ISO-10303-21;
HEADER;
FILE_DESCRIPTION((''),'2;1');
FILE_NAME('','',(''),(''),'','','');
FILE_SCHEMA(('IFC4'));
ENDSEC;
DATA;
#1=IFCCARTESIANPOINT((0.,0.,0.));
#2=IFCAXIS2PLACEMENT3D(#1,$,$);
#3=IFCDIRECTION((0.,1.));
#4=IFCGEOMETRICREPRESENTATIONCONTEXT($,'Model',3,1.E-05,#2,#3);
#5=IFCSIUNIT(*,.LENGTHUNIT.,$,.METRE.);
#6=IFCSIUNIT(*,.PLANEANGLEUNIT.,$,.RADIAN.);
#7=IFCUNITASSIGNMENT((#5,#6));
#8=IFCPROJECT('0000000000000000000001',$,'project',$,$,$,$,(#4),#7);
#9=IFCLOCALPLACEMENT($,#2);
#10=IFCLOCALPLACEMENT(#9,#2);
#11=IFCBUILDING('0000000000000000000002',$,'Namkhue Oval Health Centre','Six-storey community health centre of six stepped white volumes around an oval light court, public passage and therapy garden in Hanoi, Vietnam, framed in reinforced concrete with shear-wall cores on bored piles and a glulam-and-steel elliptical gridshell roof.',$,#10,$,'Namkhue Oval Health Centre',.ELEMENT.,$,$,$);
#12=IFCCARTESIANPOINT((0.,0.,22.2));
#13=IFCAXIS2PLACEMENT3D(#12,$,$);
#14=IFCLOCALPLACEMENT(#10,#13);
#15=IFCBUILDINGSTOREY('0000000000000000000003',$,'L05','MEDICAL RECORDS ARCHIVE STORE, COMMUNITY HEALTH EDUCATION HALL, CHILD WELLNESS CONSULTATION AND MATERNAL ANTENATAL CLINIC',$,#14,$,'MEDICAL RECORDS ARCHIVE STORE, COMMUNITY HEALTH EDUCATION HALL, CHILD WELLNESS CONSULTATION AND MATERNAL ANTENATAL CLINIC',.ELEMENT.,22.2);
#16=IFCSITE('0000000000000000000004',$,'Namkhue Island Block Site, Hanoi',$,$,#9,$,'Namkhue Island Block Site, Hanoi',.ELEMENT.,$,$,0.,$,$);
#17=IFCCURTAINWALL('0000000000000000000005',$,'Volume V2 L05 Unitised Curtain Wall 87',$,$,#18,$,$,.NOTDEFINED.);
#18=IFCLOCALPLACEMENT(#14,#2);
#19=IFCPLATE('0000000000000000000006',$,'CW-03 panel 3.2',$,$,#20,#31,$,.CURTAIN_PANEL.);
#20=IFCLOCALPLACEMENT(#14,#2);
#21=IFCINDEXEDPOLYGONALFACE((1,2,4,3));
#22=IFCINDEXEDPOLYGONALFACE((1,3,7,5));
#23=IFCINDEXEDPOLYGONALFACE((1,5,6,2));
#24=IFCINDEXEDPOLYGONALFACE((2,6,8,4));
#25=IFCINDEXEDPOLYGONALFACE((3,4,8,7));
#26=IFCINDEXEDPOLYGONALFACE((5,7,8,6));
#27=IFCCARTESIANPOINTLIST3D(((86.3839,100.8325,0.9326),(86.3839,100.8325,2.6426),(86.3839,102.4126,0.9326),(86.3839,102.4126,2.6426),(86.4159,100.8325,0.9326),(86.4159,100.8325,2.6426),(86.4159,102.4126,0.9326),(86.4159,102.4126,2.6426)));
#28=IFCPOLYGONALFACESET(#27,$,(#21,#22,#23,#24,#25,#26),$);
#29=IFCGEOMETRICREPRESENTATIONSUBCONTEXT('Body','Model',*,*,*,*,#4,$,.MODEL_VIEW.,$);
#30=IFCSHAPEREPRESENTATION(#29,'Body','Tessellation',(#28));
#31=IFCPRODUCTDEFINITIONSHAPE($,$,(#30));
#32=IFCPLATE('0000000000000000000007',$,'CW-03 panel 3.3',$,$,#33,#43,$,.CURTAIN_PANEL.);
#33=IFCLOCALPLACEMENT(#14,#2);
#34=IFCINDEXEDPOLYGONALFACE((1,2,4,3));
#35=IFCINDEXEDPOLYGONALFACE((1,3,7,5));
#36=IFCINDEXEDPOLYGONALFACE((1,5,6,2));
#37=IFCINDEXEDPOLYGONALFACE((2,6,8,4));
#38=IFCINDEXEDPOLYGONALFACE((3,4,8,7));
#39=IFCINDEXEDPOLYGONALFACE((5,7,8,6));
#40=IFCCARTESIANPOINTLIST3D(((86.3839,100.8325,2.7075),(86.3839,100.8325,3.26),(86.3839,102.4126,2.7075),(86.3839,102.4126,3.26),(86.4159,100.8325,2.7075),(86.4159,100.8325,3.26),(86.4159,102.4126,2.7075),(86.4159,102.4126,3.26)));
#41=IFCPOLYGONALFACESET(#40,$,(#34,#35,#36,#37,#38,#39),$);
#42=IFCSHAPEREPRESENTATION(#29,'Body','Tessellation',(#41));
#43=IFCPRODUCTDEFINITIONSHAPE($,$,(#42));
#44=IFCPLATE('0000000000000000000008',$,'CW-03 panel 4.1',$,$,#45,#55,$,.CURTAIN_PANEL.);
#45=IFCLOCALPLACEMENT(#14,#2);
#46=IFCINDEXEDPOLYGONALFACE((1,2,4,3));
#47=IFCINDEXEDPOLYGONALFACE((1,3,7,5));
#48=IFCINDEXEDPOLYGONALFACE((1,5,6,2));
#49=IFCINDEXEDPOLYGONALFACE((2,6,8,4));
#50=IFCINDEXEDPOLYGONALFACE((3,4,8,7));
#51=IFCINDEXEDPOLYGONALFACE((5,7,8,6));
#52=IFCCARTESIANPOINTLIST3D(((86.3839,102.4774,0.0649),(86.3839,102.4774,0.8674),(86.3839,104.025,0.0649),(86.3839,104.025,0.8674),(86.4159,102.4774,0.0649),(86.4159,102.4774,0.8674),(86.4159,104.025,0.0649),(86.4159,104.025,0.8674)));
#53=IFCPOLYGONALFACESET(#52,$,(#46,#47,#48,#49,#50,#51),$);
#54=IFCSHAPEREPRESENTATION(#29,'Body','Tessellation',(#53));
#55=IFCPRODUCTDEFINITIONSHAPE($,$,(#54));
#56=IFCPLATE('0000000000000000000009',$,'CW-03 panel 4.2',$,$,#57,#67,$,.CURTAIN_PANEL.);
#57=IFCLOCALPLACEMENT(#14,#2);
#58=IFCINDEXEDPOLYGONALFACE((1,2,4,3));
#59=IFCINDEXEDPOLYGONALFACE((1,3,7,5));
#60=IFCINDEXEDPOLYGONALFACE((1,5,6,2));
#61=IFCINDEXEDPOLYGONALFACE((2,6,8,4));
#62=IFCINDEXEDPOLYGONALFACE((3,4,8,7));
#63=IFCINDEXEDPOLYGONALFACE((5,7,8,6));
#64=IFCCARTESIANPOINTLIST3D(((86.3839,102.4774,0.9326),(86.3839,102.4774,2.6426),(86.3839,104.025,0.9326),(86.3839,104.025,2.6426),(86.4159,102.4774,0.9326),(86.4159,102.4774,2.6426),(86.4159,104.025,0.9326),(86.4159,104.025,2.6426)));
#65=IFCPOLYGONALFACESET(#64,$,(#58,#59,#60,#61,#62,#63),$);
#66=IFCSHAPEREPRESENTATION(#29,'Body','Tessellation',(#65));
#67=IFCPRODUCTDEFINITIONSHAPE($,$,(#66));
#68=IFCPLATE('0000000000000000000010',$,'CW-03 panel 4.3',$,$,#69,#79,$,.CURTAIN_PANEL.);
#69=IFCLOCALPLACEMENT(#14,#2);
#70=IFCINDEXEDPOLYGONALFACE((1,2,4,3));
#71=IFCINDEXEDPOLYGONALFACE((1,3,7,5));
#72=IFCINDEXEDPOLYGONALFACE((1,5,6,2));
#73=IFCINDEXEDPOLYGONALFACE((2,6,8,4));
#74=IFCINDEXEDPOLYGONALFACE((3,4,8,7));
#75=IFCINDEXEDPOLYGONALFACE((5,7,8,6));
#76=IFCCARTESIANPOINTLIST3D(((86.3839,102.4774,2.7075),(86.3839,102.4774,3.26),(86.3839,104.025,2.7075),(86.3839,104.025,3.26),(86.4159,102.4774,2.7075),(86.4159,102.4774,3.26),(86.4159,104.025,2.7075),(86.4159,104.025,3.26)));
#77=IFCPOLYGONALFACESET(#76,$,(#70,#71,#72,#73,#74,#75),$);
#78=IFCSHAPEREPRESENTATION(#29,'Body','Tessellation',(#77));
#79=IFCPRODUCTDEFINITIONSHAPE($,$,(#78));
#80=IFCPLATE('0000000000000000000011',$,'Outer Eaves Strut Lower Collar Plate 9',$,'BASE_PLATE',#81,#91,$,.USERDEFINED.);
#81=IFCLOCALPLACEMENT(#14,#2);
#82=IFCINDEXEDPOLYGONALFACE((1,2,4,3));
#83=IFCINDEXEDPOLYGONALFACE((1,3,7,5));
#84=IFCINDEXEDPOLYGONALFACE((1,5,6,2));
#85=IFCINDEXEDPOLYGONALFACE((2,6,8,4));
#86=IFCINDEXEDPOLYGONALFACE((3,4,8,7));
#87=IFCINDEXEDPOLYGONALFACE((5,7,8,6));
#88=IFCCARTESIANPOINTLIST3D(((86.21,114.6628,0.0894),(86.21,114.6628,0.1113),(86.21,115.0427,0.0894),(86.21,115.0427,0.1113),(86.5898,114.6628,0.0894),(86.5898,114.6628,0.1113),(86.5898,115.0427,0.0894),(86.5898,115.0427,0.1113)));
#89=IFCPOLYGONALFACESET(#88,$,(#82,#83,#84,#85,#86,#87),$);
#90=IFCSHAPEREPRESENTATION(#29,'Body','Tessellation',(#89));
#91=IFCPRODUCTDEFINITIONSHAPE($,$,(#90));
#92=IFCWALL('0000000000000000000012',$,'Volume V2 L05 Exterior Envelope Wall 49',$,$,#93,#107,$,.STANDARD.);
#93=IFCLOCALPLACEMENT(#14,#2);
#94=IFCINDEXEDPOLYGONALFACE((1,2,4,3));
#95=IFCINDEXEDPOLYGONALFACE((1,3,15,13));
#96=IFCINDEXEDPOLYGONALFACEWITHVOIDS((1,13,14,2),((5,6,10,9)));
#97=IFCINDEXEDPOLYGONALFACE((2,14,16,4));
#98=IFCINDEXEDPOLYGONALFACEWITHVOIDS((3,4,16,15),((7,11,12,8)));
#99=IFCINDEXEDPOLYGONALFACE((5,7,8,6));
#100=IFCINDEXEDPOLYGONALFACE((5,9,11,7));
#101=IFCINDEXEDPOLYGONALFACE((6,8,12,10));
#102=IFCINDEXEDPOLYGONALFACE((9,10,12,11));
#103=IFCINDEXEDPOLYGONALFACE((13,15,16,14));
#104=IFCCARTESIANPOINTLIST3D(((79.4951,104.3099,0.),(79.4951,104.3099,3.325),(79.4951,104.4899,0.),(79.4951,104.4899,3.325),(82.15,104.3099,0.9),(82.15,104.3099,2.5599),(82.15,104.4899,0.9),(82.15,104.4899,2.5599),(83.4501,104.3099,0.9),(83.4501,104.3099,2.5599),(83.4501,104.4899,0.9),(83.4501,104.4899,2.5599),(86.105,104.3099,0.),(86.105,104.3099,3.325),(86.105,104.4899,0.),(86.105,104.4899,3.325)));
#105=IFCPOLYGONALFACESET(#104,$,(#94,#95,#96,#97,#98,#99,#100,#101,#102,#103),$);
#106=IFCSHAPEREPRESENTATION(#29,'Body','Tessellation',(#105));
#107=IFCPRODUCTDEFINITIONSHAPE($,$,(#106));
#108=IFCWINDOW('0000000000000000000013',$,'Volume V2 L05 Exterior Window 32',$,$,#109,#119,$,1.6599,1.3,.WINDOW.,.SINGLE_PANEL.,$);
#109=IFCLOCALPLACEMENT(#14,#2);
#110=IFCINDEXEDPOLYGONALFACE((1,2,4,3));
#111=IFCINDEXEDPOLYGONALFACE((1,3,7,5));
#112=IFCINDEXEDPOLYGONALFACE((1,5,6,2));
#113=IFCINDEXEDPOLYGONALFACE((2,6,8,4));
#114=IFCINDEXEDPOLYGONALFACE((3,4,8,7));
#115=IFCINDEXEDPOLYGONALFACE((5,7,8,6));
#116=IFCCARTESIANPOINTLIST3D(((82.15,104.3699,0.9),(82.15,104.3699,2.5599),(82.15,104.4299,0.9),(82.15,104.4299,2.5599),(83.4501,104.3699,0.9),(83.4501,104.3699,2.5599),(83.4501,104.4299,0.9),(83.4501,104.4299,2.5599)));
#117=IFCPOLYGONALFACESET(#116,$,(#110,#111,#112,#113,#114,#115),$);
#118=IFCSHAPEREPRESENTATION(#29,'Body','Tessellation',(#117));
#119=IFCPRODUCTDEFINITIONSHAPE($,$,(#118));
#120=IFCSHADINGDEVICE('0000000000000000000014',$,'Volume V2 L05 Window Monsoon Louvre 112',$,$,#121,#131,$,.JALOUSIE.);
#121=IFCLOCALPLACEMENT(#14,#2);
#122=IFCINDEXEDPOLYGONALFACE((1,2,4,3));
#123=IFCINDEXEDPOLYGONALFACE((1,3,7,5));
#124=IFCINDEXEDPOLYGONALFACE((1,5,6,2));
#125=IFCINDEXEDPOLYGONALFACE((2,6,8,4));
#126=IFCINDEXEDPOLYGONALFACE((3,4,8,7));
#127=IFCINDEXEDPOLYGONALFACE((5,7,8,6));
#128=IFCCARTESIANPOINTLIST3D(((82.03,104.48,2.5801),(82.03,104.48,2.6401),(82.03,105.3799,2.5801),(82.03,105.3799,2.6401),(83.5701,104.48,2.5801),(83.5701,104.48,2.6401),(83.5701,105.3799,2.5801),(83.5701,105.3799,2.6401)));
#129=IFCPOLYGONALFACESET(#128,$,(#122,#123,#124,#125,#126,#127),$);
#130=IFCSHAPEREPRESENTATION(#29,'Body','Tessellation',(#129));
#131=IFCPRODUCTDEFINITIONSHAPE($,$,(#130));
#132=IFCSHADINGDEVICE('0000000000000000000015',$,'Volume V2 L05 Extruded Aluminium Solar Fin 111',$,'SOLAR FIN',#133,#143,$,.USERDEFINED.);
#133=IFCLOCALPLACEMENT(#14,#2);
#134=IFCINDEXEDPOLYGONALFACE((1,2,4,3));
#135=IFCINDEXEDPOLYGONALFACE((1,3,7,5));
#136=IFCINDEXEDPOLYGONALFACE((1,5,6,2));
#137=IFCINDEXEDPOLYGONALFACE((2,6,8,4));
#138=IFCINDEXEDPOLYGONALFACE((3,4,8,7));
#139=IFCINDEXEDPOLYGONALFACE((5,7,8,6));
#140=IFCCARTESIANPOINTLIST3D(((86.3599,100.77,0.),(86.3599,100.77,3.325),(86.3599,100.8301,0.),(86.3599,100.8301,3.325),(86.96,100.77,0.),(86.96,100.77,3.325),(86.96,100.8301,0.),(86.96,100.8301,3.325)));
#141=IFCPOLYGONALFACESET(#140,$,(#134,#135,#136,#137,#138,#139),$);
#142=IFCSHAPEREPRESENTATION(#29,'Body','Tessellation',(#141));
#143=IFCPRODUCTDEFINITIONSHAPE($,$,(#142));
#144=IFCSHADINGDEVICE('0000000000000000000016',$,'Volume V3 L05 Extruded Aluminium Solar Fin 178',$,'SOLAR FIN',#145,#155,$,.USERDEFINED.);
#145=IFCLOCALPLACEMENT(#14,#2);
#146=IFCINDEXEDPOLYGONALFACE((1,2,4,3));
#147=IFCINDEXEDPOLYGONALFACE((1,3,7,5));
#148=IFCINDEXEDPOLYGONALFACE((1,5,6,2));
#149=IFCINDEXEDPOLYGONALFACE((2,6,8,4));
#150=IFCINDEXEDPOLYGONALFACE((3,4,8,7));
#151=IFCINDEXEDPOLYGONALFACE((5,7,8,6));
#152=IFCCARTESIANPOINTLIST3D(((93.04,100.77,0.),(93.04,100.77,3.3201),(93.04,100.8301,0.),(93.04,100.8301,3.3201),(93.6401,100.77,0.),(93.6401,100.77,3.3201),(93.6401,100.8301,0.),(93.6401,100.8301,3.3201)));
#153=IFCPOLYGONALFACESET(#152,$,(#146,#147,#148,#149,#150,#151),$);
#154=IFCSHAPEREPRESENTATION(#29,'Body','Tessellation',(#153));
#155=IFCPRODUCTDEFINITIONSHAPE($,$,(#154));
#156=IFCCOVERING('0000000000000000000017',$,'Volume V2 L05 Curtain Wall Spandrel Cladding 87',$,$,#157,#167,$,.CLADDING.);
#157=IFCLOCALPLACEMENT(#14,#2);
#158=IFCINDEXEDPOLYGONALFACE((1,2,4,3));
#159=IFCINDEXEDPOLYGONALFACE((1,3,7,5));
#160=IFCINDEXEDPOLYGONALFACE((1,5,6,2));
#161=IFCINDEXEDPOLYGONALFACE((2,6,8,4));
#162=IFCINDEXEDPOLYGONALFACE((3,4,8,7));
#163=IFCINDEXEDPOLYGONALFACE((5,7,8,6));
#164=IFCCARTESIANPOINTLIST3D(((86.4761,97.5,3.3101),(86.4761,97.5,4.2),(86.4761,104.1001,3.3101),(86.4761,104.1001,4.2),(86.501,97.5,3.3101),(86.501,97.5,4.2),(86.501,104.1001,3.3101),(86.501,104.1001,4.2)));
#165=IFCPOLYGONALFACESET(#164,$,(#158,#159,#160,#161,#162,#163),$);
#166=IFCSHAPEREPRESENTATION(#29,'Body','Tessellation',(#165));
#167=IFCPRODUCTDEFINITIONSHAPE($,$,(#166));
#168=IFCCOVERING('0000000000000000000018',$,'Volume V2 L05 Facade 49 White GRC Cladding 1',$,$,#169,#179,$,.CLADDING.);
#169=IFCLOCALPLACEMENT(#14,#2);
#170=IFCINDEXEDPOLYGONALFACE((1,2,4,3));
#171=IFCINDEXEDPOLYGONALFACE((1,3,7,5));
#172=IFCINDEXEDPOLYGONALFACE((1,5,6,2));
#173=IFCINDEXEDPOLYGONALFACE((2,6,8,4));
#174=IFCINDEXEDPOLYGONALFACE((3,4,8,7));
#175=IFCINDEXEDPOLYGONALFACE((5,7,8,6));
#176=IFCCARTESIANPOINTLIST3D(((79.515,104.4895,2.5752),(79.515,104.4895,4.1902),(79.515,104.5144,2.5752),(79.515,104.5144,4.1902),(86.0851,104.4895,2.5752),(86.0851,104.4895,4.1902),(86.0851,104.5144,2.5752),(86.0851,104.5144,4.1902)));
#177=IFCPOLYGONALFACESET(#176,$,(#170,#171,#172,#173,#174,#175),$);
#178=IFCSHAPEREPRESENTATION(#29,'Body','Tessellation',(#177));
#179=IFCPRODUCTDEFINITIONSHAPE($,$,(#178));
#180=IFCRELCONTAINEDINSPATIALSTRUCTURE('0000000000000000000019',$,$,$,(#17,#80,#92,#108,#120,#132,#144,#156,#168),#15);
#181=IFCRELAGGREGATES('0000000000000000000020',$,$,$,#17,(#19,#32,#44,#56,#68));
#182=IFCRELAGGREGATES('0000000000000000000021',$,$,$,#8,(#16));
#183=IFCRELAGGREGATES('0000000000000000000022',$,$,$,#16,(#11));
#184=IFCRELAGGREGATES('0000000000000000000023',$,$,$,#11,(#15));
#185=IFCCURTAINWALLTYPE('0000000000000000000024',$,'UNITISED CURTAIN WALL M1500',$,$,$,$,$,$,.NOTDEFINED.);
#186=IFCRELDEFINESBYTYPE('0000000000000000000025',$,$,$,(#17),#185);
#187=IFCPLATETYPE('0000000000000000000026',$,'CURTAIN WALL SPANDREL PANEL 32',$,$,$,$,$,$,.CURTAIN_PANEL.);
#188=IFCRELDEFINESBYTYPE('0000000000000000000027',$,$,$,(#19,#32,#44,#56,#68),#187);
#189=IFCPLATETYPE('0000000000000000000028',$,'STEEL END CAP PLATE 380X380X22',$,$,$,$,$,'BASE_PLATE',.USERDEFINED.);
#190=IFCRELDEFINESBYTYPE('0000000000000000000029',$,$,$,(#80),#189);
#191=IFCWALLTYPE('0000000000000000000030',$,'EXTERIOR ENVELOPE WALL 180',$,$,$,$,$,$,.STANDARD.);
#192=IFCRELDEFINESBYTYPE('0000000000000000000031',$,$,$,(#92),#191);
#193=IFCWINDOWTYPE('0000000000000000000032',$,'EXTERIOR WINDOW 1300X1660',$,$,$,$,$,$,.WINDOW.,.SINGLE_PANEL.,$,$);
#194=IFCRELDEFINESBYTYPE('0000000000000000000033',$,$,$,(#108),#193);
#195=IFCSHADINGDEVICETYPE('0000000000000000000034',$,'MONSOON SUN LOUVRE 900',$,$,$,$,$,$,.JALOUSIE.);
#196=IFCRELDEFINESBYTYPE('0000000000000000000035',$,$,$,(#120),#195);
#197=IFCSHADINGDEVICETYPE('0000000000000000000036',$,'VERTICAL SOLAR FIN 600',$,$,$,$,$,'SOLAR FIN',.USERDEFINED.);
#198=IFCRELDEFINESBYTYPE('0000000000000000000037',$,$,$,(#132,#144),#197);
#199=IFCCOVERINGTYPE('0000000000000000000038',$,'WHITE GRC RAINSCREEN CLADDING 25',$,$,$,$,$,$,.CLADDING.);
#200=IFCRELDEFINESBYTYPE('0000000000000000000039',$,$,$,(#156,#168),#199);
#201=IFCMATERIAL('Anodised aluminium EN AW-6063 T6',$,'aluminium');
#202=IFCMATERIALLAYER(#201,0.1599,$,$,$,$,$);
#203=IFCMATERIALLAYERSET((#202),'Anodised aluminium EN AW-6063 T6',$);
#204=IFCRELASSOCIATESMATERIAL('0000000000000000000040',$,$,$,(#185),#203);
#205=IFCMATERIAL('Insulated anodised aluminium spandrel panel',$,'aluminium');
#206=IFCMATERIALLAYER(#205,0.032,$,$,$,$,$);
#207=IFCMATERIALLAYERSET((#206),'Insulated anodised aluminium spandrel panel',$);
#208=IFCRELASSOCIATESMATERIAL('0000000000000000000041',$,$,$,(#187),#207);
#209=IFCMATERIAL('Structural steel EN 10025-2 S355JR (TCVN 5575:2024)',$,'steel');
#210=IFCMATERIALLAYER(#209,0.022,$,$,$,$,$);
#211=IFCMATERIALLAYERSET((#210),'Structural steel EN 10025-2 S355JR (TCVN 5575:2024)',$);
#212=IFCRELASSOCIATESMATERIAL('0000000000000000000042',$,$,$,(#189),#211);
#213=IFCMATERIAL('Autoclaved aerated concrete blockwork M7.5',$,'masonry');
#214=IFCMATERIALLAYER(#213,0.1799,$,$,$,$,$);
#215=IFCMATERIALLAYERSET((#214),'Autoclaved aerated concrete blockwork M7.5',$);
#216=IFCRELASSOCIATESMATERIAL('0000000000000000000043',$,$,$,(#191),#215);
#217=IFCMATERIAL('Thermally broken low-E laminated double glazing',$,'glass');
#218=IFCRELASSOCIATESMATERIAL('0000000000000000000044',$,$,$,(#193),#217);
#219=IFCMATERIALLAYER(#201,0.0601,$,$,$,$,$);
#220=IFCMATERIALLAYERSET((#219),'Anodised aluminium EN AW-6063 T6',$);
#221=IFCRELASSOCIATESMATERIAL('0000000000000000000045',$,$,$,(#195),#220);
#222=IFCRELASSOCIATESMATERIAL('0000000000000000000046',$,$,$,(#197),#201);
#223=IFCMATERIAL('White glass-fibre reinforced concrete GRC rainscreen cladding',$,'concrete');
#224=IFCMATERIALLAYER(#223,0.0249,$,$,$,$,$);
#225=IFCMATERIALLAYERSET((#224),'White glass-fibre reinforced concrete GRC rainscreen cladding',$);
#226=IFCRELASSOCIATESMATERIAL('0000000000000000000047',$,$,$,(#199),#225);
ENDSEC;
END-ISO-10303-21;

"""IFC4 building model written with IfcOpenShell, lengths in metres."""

from ifc_helpers import new_model, si_unit, direction, frame, frame_2d, origin, origin_2d, place, context, subcontext, project, spatial, rectangle, extrude, material, layer, layer_set, type_object, element, fill, aggregate, save


model = new_model("IFC4")

# Units and contexts
model_context = context("Model", 3, precision=1e-05, world=origin(), true_north=direction((0.0, 1.0)))
body_context = subcontext(model_context, "Body", "Model", "MODEL_VIEW")
ifc_project = project(units=[si_unit("LENGTHUNIT", "METRE"), si_unit("PLANEANGLEUNIT", "RADIAN")], contexts=[model_context])

# Site, building, storey
site_placement = place(None, origin())
site = spatial("IfcSite", under=ifc_project, at=site_placement, Name="Namkhue Island Block Site, Hanoi", LongName="Namkhue Island Block Site, Hanoi", CompositionType="ELEMENT", RefElevation=0.0)
building_placement = place(site_placement, origin())
building = spatial("IfcBuilding", under=site, at=building_placement, Name="Namkhue Oval Health Centre", Description="Six-storey community health centre of six stepped white volumes around an oval light court, public passage and therapy garden in Hanoi, Vietnam, framed in reinforced concrete with shear-wall cores on bored piles and a glulam-and-steel elliptical gridshell roof.", LongName="Namkhue Oval Health Centre", CompositionType="ELEMENT")
storey_placement = place(building_placement, frame((0.0, 0.0, 22.2)))
storey = spatial("IfcBuildingStorey", under=building, at=storey_placement, Name="L05", Description="MEDICAL RECORDS ARCHIVE STORE, COMMUNITY HEALTH EDUCATION HALL, CHILD WELLNESS CONSULTATION AND MATERNAL ANTENATAL CLINIC", LongName="MEDICAL RECORDS ARCHIVE STORE, COMMUNITY HEALTH EDUCATION HALL, CHILD WELLNESS CONSULTATION AND MATERNAL ANTENATAL CLINIC", CompositionType="ELEMENT", Elevation=22.2)

# Shared definitions
ifc_material_1 = material(Name="Structural steel EN 10025-2 S355JR (TCVN 5575:2024)", Category="steel")

# Curtain wall
ifc_material_2 = material(Name="Anodised aluminium EN AW-6063 T6", Category="aluminium")
ifc_layer_1 = layer(ifc_material_2, 0.1599)
ifc_layer_set_1 = layer_set([ifc_layer_1], Name="Anodised aluminium EN AW-6063 T6")
curtain_wall_type = type_object("IfcCurtainWallType", Name="UNITISED CURTAIN WALL M1500", PredefinedType="NOTDEFINED", material=ifc_layer_set_1)
curtain_wall_placement = place(storey_placement, origin())
curtain_wall = element("IfcCurtainWall", 1, at=curtain_wall_placement, inside=storey, type_object=curtain_wall_type, Name="Volume V2 L05 Unitised Curtain Wall 87", PredefinedType="NOTDEFINED")

# Plates
ifc_material_3 = material(Name="Insulated anodised aluminium spandrel panel", Category="aluminium")
ifc_layer_2 = layer(ifc_material_3, 0.032)
ifc_layer_set_2 = layer_set([ifc_layer_2], Name="Insulated anodised aluminium spandrel panel")
plate_type_1 = type_object("IfcPlateType", Name="CURTAIN WALL SPANDREL PANEL 32", PredefinedType="CURTAIN_PANEL", material=ifc_layer_set_2)
plate_1_placement = place(storey_placement, frame((86.3999, 101.6226, 0.9326), z_axis=(0.0, 0.0, 1.0), x_axis=(0.0, 1.0, 0.0)))
plate_1 = element("IfcPlate", 2, at=plate_1_placement, type_object=plate_type_1, Name="CW-03 panel 3.2", PredefinedType="CURTAIN_PANEL", context=body_context, shape_type="SweptSolid", body=[
    extrude(rectangle(XDim=1.5801, YDim=0.032, at=origin_2d()), origin(), (0.0, 0.0, 1.0), 1.71),
])
plate_2_placement = place(storey_placement, frame((86.3999, 101.6226, 2.7075), z_axis=(0.0, 0.0, 1.0), x_axis=(0.0, 1.0, 0.0)))
plate_2 = element("IfcPlate", 3, at=plate_2_placement, type_object=plate_type_1, Name="CW-03 panel 3.3", PredefinedType="CURTAIN_PANEL", context=body_context, shape_type="SweptSolid", body=[
    extrude(rectangle(XDim=1.5801, YDim=0.032, at=origin_2d()), origin(), (0.0, 0.0, 1.0), 0.5525),
])
plate_3_placement = place(storey_placement, frame((86.3999, 103.2512, 0.0649), z_axis=(0.0, 0.0, 1.0), x_axis=(0.0, 1.0, 0.0)))
plate_3 = element("IfcPlate", 4, at=plate_3_placement, type_object=plate_type_1, Name="CW-03 panel 4.1", PredefinedType="CURTAIN_PANEL", context=body_context, shape_type="SweptSolid", body=[
    extrude(rectangle(XDim=1.5476, YDim=0.032, at=origin_2d()), origin(), (0.0, 0.0, 1.0), 0.8025),
])
plate_4_placement = place(storey_placement, frame((86.3999, 103.2512, 0.9326), z_axis=(0.0, 0.0, 1.0), x_axis=(0.0, 1.0, 0.0)))
plate_4 = element("IfcPlate", 5, at=plate_4_placement, type_object=plate_type_1, Name="CW-03 panel 4.2", PredefinedType="CURTAIN_PANEL", context=body_context, shape_type="SweptSolid", body=[
    extrude(rectangle(XDim=1.5476, YDim=0.032, at=origin_2d()), origin(), (0.0, 0.0, 1.0), 1.71),
])
plate_5_placement = place(storey_placement, frame((86.3999, 103.2512, 2.7075), z_axis=(0.0, 0.0, 1.0), x_axis=(0.0, 1.0, 0.0)))
plate_5 = element("IfcPlate", 6, at=plate_5_placement, type_object=plate_type_1, Name="CW-03 panel 4.3", PredefinedType="CURTAIN_PANEL", context=body_context, shape_type="SweptSolid", body=[
    extrude(rectangle(XDim=1.5476, YDim=0.032, at=origin_2d()), origin(), (0.0, 0.0, 1.0), 0.5525),
])
aggregate(curtain_wall, [plate_1, plate_2, plate_3, plate_4, plate_5])
ifc_layer_3 = layer(ifc_material_1, 0.022)
ifc_layer_set_3 = layer_set([ifc_layer_3], Name="Structural steel EN 10025-2 S355JR (TCVN 5575:2024)")
plate_type_2 = type_object("IfcPlateType", Name="STEEL END CAP PLATE 380X380X22", ElementType="BASE_PLATE", PredefinedType="USERDEFINED", material=ifc_layer_set_3)
plate_6_placement = place(storey_placement, frame((86.3999, 114.8528, 0.0894), z_axis=(0.0, 0.0, 1.0), x_axis=(1.0, 0.0, 0.0)))
element("IfcPlate", 7, at=plate_6_placement, inside=storey, type_object=plate_type_2, Name="Outer Eaves Strut Lower Collar Plate 9", ObjectType="BASE_PLATE", PredefinedType="USERDEFINED", context=body_context, shape_type="SweptSolid", body=[
    extrude(rectangle(XDim=0.3799, YDim=0.3799, at=origin_2d()), origin(), (0.0, 0.0, 1.0), 0.022),
])

# Wall, opening, window
ifc_material_4 = material(Name="Autoclaved aerated concrete blockwork M7.5", Category="masonry")
ifc_layer_4 = layer(ifc_material_4, 0.1799)
ifc_layer_set_4 = layer_set([ifc_layer_4], Name="Autoclaved aerated concrete blockwork M7.5")
wall_type = type_object("IfcWallType", Name="EXTERIOR ENVELOPE WALL 180", PredefinedType="STANDARD", material=ifc_layer_set_4)
wall_placement = place(storey_placement, frame((86.105, 104.3999, 0.0), z_axis=(0.0, 0.0, 1.0), x_axis=(-1.0, 0.0, 0.0)))
wall = element("IfcWall", 8, at=wall_placement, inside=storey, type_object=wall_type, Name="Volume V2 L05 Exterior Envelope Wall 49", PredefinedType="STANDARD", context=body_context, shape_type="SweptSolid", body=[
    extrude(rectangle(XDim=6.6099, YDim=0.1799, at=frame_2d((3.3049, 0.0))), origin(), (0.0, 0.0, 1.0), 3.325),
])
opening_placement = place(wall_placement, frame((2.655, 0.0, 0.8999)))
opening = element("IfcOpeningElement", 9, at=opening_placement, cuts=wall, PredefinedType="OPENING", context=body_context, shape_type="SweptSolid", body=[
    extrude(rectangle(XDim=1.3, YDim=1.6599, at=frame_2d((0.6499, 0.8301))), frame((0.0, 0.0999, 0.0), z_axis=(0.0, -1.0, 0.0), x_axis=(1.0, 0.0, 0.0)), (0.0, 0.0, 1.0), 0.2),
])
ifc_material_5 = material(Name="Thermally broken low-E laminated double glazing", Category="glass")
window_type = type_object("IfcWindowType", Name="EXTERIOR WINDOW 1300X1660", PartitioningType="SINGLE_PANEL", PredefinedType="WINDOW", material=ifc_material_5)
window_placement = place(opening_placement, origin())
window = element("IfcWindow", 10, at=window_placement, inside=storey, type_object=window_type, Name="Volume V2 L05 Exterior Window 32", OverallHeight=1.6599, OverallWidth=1.3, PartitioningType="SINGLE_PANEL", PredefinedType="WINDOW", context=body_context, shape_type="SweptSolid", body=[
    extrude(rectangle(XDim=1.3, YDim=1.6599, at=frame_2d((0.6499, 0.8301))), frame((0.0, 0.03, 0.0), z_axis=(0.0, -1.0, 0.0), x_axis=(1.0, 0.0, 0.0)), (0.0, 0.0, 1.0), 0.0601),
])
fill(opening, window)

# Shading devices
ifc_layer_5 = layer(ifc_material_2, 0.0601)
ifc_layer_set_5 = layer_set([ifc_layer_5], Name="Anodised aluminium EN AW-6063 T6")
shading_device_type_1 = type_object("IfcShadingDeviceType", Name="MONSOON SUN LOUVRE 900", PredefinedType="JALOUSIE", material=ifc_layer_set_5)
shading_device_1_placement = place(storey_placement, frame((82.8, 104.9299, 2.5801), z_axis=(0.0, 0.0, 1.0), x_axis=(-1.0, 0.0, 0.0)))
element("IfcShadingDevice", 11, at=shading_device_1_placement, inside=storey, type_object=shading_device_type_1, Name="Volume V2 L05 Window Monsoon Louvre 112", PredefinedType="JALOUSIE", context=body_context, shape_type="SweptSolid", body=[
    extrude(rectangle(XDim=1.54, YDim=0.8999, at=origin_2d()), origin(), (0.0, 0.0, 1.0), 0.0601),
])
shading_device_type_2 = type_object("IfcShadingDeviceType", Name="VERTICAL SOLAR FIN 600", ElementType="SOLAR FIN", PredefinedType="USERDEFINED", material=ifc_material_2)
shading_device_2_placement = place(storey_placement, frame((86.6599, 100.8, 0.0), z_axis=(0.0, 0.0, 1.0), x_axis=(1.0, 0.0, 0.0)))
element("IfcShadingDevice", 12, at=shading_device_2_placement, inside=storey, type_object=shading_device_type_2, Name="Volume V2 L05 Extruded Aluminium Solar Fin 111", ObjectType="SOLAR FIN", PredefinedType="USERDEFINED", context=body_context, shape_type="SweptSolid", body=[
    extrude(rectangle(XDim=0.6001, YDim=0.0601, at=origin_2d()), origin(), (0.0, 0.0, 1.0), 3.325),
])
shading_device_3_placement = place(storey_placement, frame((93.3401, 100.8, 0.0), z_axis=(0.0, 0.0, 1.0), x_axis=(-1.0, 0.0, 0.0)))
element("IfcShadingDevice", 13, at=shading_device_3_placement, inside=storey, type_object=shading_device_type_2, Name="Volume V3 L05 Extruded Aluminium Solar Fin 178", ObjectType="SOLAR FIN", PredefinedType="USERDEFINED", context=body_context, shape_type="SweptSolid", body=[
    extrude(rectangle(XDim=0.6001, YDim=0.0601, at=origin_2d()), origin(), (0.0, 0.0, 1.0), 3.3201),
])

# Coverings
ifc_material_6 = material(Name="White glass-fibre reinforced concrete GRC rainscreen cladding", Category="concrete")
ifc_layer_6 = layer(ifc_material_6, 0.0249)
ifc_layer_set_6 = layer_set([ifc_layer_6], Name="White glass-fibre reinforced concrete GRC rainscreen cladding")
covering_type = type_object("IfcCoveringType", Name="WHITE GRC RAINSCREEN CLADDING 25", PredefinedType="CLADDING", material=ifc_layer_set_6)
covering_1_placement = place(storey_placement, frame((86.4885, 100.8, 3.3101), z_axis=(0.0, 0.0, 1.0), x_axis=(0.0, 1.0, 0.0)))
element("IfcCovering", 14, at=covering_1_placement, inside=storey, type_object=covering_type, Name="Volume V2 L05 Curtain Wall Spandrel Cladding 87", PredefinedType="CLADDING", context=body_context, shape_type="SweptSolid", body=[
    extrude(rectangle(XDim=6.6001, YDim=0.0249, at=origin_2d()), origin(), (0.0, 0.0, 1.0), 0.8899),
])
covering_2_placement = place(storey_placement, frame((82.8, 104.502, 2.5752), z_axis=(0.0, 0.0, 1.0), x_axis=(-1.0, 0.0, 0.0)))
element("IfcCovering", 15, at=covering_2_placement, inside=storey, type_object=covering_type, Name="Volume V2 L05 Facade 49 White GRC Cladding 1", PredefinedType="CLADDING", context=body_context, shape_type="SweptSolid", body=[
    extrude(rectangle(XDim=6.5701, YDim=0.0249, at=origin_2d()), origin(), (0.0, 0.0, 1.0), 1.615),
])

save(model, "model.ifc")
